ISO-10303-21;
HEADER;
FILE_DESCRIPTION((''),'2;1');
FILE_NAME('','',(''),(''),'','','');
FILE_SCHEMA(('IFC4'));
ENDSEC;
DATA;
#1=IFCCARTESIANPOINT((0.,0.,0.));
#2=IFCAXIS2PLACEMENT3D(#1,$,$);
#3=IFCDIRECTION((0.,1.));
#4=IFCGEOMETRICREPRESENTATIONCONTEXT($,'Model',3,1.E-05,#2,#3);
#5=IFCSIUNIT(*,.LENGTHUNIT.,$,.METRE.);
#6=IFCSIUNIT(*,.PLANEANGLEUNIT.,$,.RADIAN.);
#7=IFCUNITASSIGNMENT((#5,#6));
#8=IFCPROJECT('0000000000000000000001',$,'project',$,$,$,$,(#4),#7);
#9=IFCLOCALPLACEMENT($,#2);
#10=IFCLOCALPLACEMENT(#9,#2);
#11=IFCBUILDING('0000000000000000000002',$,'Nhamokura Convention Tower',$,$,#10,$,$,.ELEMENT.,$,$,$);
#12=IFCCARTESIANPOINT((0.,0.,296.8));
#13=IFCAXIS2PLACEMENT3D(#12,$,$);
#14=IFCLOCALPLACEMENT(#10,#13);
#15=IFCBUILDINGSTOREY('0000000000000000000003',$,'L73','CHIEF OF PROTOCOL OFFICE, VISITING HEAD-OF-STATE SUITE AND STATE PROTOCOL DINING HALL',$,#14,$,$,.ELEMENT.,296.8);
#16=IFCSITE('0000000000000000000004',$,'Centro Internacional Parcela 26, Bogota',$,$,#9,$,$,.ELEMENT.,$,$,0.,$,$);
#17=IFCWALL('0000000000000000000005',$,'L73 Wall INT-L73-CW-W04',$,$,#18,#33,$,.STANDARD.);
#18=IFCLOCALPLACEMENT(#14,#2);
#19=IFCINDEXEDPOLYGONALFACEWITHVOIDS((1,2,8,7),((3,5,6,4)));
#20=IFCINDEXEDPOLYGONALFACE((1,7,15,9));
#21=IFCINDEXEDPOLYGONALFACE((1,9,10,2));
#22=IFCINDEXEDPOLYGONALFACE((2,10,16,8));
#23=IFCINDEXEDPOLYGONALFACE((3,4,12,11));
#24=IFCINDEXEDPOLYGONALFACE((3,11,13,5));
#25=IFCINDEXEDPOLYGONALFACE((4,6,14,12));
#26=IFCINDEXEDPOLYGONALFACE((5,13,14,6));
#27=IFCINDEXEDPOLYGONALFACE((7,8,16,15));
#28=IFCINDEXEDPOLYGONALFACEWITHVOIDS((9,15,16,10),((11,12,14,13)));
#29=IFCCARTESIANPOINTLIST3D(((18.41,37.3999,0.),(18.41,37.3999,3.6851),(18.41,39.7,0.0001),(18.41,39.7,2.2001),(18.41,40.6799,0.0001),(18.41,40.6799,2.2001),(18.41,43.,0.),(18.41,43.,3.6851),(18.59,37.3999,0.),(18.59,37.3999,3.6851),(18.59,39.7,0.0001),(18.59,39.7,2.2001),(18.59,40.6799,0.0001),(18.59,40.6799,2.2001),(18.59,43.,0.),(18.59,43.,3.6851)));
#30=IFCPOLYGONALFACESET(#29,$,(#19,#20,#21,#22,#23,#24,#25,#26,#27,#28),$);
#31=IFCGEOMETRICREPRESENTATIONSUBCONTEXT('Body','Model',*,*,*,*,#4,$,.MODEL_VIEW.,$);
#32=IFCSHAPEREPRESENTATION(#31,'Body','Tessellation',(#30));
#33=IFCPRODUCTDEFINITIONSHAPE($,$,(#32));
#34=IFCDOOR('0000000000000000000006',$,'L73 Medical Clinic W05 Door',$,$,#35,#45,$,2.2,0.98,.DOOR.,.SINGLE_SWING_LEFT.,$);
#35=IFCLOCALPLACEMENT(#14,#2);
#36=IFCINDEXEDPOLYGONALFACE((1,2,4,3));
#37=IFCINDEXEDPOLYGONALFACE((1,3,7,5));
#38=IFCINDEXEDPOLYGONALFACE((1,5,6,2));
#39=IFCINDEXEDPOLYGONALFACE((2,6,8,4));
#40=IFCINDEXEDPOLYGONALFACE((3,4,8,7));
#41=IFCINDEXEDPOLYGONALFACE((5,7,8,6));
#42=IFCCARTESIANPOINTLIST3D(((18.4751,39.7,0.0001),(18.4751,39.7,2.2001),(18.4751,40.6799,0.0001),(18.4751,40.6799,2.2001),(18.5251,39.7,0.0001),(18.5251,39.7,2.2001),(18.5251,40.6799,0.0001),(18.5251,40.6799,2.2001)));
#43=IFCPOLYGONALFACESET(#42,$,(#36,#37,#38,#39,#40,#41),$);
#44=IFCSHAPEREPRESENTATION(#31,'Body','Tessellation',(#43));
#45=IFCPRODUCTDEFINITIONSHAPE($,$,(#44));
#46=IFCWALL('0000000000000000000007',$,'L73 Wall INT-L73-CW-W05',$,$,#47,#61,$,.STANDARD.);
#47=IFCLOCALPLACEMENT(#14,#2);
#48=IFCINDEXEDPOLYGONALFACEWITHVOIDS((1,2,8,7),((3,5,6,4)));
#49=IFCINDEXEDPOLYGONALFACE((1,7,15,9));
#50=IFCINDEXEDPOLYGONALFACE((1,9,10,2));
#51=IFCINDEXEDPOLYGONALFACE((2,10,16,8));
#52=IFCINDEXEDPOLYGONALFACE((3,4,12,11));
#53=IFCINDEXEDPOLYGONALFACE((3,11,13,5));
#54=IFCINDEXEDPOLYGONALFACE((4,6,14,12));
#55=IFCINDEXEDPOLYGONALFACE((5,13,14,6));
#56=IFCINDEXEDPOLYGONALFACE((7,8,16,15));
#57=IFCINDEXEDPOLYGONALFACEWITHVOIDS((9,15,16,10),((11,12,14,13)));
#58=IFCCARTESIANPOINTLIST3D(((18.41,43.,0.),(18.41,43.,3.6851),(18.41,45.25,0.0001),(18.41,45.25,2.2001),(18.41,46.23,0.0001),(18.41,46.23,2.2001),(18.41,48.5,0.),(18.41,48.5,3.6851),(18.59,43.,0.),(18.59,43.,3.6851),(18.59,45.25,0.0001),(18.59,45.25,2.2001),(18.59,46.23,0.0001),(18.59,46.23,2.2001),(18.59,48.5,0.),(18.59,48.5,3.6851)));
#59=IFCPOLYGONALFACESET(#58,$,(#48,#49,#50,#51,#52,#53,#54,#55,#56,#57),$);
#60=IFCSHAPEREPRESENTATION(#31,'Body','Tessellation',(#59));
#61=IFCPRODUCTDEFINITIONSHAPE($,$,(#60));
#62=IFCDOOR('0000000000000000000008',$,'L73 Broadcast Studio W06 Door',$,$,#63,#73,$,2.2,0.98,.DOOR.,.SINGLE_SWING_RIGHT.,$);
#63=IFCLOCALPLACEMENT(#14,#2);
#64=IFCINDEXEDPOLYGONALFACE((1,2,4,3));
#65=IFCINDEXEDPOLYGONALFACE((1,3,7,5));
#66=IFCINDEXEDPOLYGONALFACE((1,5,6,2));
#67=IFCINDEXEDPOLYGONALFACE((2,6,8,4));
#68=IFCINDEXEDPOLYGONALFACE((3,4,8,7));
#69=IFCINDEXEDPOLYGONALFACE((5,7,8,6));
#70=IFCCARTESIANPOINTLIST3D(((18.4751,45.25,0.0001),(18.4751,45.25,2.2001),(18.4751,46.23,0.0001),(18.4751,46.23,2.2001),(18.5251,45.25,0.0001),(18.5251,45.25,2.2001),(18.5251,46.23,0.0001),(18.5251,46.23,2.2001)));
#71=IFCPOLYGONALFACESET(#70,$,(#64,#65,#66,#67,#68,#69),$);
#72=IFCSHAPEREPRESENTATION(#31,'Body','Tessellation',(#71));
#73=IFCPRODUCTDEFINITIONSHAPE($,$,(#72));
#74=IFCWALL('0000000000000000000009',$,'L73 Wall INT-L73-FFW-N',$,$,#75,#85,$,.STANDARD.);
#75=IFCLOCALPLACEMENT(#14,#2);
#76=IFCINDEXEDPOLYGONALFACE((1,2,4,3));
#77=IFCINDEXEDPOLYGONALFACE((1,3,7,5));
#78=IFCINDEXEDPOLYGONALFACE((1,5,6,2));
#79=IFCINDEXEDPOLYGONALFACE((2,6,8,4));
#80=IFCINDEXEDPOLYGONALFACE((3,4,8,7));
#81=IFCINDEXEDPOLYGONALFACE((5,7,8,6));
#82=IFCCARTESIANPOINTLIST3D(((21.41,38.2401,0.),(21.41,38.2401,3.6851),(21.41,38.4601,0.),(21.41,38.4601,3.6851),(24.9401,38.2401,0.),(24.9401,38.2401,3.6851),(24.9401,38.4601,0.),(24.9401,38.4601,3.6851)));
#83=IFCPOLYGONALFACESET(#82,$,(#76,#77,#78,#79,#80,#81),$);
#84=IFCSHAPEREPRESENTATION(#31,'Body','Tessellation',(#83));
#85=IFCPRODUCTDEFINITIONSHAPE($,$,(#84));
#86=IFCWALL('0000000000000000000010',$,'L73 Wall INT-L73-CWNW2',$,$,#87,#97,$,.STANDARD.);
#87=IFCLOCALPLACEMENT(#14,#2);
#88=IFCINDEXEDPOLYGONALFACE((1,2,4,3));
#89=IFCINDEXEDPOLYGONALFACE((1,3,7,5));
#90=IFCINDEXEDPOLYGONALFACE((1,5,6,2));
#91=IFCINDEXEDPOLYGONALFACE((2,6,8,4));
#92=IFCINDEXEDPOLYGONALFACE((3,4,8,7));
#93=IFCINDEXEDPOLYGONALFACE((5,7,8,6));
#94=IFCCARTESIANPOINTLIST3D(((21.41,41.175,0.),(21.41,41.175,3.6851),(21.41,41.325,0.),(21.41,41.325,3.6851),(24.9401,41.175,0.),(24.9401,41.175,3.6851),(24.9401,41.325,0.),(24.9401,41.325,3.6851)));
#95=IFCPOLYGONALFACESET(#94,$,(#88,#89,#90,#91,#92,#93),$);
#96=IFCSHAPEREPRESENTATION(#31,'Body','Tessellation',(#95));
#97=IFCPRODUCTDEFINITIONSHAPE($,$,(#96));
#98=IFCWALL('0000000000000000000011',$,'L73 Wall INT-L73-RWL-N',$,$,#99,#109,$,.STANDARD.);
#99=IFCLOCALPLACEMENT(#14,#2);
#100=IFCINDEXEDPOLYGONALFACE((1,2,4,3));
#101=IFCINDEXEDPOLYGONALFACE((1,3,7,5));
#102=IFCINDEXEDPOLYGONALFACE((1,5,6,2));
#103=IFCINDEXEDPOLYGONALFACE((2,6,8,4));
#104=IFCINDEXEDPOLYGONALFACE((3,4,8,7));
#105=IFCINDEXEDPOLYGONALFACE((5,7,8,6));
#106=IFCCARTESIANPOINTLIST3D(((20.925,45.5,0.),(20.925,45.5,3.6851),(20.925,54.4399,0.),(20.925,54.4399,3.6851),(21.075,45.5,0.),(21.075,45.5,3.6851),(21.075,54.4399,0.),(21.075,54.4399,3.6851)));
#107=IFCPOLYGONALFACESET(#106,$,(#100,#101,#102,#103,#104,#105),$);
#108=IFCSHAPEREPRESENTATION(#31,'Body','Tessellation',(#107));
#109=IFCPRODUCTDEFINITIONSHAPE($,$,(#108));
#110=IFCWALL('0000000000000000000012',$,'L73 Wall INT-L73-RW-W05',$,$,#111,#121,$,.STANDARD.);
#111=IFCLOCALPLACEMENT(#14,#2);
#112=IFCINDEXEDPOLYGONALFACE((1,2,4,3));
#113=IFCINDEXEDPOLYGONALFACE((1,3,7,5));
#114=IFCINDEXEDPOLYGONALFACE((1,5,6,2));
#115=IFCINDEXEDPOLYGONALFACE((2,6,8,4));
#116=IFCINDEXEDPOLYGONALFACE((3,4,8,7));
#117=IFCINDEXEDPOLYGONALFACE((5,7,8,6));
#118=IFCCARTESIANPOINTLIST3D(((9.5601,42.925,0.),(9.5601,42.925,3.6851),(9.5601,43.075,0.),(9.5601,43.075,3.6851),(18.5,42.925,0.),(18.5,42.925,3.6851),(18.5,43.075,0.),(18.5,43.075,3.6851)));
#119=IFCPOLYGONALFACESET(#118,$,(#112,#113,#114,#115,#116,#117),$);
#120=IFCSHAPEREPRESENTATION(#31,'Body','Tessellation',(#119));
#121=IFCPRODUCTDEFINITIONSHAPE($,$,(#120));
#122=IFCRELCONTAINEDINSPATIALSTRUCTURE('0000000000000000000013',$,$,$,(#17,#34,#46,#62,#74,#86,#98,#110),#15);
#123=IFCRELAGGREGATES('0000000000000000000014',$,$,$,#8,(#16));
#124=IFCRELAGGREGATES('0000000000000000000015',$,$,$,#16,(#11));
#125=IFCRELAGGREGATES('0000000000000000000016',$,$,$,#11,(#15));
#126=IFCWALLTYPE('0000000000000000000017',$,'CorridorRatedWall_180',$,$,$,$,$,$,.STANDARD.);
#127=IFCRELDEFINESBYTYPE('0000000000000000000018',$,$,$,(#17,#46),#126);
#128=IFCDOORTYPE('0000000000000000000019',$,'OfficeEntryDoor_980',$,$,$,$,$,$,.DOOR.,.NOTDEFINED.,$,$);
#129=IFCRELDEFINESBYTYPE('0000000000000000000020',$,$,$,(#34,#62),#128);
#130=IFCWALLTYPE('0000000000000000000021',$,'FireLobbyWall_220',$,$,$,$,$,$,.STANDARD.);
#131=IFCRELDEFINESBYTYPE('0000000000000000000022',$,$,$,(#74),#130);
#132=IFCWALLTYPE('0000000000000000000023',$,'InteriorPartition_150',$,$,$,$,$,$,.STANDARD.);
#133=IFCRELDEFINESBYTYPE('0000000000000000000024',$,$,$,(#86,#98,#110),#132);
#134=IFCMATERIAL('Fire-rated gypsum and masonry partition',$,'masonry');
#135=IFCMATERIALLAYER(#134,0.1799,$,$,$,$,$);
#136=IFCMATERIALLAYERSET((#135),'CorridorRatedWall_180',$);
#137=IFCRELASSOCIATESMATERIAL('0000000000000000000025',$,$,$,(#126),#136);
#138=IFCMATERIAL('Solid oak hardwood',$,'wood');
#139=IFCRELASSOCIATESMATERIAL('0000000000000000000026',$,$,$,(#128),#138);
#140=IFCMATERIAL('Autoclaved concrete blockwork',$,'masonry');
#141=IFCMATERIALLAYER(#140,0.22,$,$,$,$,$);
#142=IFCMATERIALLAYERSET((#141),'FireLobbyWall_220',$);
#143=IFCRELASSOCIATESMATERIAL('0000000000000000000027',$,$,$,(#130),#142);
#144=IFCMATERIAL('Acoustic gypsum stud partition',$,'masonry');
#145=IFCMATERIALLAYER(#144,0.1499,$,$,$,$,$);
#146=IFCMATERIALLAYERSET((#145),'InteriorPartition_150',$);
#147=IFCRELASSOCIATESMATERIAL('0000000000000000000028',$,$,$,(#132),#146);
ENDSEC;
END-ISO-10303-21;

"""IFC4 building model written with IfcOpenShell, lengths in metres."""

from ifc_helpers import new_model, si_unit, direction, frame, frame_2d, origin, place, context, subcontext, project, spatial, rectangle, extrude, material, layer, layer_set, type_object, element, fill, save


model = new_model("IFC4")

# Units and contexts
model_context = context("Model", 3, precision=1e-05, world=origin(), true_north=direction((0.0, 1.0)))
body_context = subcontext(model_context, "Body", "Model", "MODEL_VIEW")
ifc_project = project(units=[si_unit("LENGTHUNIT", "METRE"), si_unit("PLANEANGLEUNIT", "RADIAN")], contexts=[model_context])

# Site, building, storey
site_placement = place(None, origin())
site = spatial("IfcSite", under=ifc_project, at=site_placement, Name="Centro Internacional Parcela 26, Bogota", CompositionType="ELEMENT", RefElevation=0.0)
building_placement = place(site_placement, origin())
building = spatial("IfcBuilding", under=site, at=building_placement, Name="Nhamokura Convention Tower", CompositionType="ELEMENT")
storey_placement = place(building_placement, frame((0.0, 0.0, 296.8)))
storey = spatial("IfcBuildingStorey", under=building, at=storey_placement, Name="L73", Description="CHIEF OF PROTOCOL OFFICE, VISITING HEAD-OF-STATE SUITE AND STATE PROTOCOL DINING HALL", CompositionType="ELEMENT", Elevation=296.8)

# Walls, openings, doors
ifc_material_1 = material(Name="Fire-rated gypsum and masonry partition", Category="masonry")
ifc_layer_1 = layer(ifc_material_1, 0.1799)
ifc_layer_set_1 = layer_set([ifc_layer_1], Name="CorridorRatedWall_180")
wall_type_1 = type_object("IfcWallType", Name="CorridorRatedWall_180", PredefinedType="STANDARD", material=ifc_layer_set_1)
wall_1_placement = place(storey_placement, frame((18.5, 37.3999, 0.0), z_axis=(0.0, 0.0, 1.0), x_axis=(0.0, 1.0, 0.0)))
wall_1 = element("IfcWall", 1, at=wall_1_placement, inside=storey, type_object=wall_type_1, Name="L73 Wall INT-L73-CW-W04", PredefinedType="STANDARD", context=body_context, shape_type="SweptSolid", body=[
    extrude(rectangle(XDim=5.6001, YDim=0.1799, at=frame_2d((2.8, 0.0))), origin(), (0.0, 0.0, 1.0), 3.6851),
])
opening_1_placement = place(wall_1_placement, frame((2.3, 0.0, 0.0)))
opening_1 = element("IfcOpeningElement", 2, at=opening_1_placement, cuts=wall_1, PredefinedType="OPENING", context=body_context, shape_type="SweptSolid", body=[
    extrude(rectangle(XDim=0.98, YDim=2.2, at=frame_2d((0.49, 1.1001))), frame((0.0, 0.0999, 0.0), z_axis=(0.0, -1.0, 0.0), x_axis=(1.0, 0.0, 0.0)), (0.0, 0.0, 1.0), 0.2),
])
ifc_material_2 = material(Name="Solid oak hardwood", Category="wood")
door_type = type_object("IfcDoorType", Name="OfficeEntryDoor_980", OperationType="NOTDEFINED", PredefinedType="DOOR", material=ifc_material_2)
door_1_placement = place(opening_1_placement, origin())
door_1 = element("IfcDoor", 3, at=door_1_placement, inside=storey, type_object=door_type, Name="L73 Medical Clinic W05 Door", OperationType="SINGLE_SWING_LEFT", OverallHeight=2.2, OverallWidth=0.98, PredefinedType="DOOR", context=body_context, shape_type="SweptSolid", body=[
    extrude(rectangle(XDim=0.98, YDim=2.2, at=frame_2d((0.49, 1.1001))), frame((0.0, 0.0249, 0.0), z_axis=(0.0, -1.0, 0.0), x_axis=(1.0, 0.0, 0.0)), (0.0, 0.0, 1.0), 0.05),
])
fill(opening_1, door_1)
wall_2_placement = place(storey_placement, frame((18.5, 43.0, 0.0), z_axis=(0.0, 0.0, 1.0), x_axis=(0.0, 1.0, 0.0)))
wall_2 = element("IfcWall", 4, at=wall_2_placement, inside=storey, type_object=wall_type_1, Name="L73 Wall INT-L73-CW-W05", PredefinedType="STANDARD", context=body_context, shape_type="SweptSolid", body=[
    extrude(rectangle(XDim=5.5, YDim=0.1799, at=frame_2d((2.75, 0.0))), origin(), (0.0, 0.0, 1.0), 3.6851),
])
opening_2_placement = place(wall_2_placement, frame((2.25, 0.0, 0.0)))
opening_2 = element("IfcOpeningElement", 5, at=opening_2_placement, cuts=wall_2, PredefinedType="OPENING", context=body_context, shape_type="SweptSolid", body=[
    extrude(rectangle(XDim=0.98, YDim=2.2, at=frame_2d((0.49, 1.1001))), frame((0.0, 0.0999, 0.0), z_axis=(0.0, -1.0, 0.0), x_axis=(1.0, 0.0, 0.0)), (0.0, 0.0, 1.0), 0.2),
])
door_2_placement = place(opening_2_placement, origin())
door_2 = element("IfcDoor", 6, at=door_2_placement, inside=storey, type_object=door_type, Name="L73 Broadcast Studio W06 Door", OperationType="SINGLE_SWING_RIGHT", OverallHeight=2.2, OverallWidth=0.98, PredefinedType="DOOR", context=body_context, shape_type="SweptSolid", body=[
    extrude(rectangle(XDim=0.98, YDim=2.2, at=frame_2d((0.49, 1.1001))), frame((0.0, 0.0249, 0.0), z_axis=(0.0, -1.0, 0.0), x_axis=(1.0, 0.0, 0.0)), (0.0, 0.0, 1.0), 0.05),
])
fill(opening_2, door_2)

# Walls
ifc_material_3 = material(Name="Autoclaved concrete blockwork", Category="masonry")
ifc_layer_2 = layer(ifc_material_3, 0.22)
ifc_layer_set_2 = layer_set([ifc_layer_2], Name="FireLobbyWall_220")
wall_type_2 = type_object("IfcWallType", Name="FireLobbyWall_220", PredefinedType="STANDARD", material=ifc_layer_set_2)
wall_3_placement = place(storey_placement, frame((21.4099, 38.3501, 0.0), z_axis=(0.0, 0.0, 1.0), x_axis=(1.0, 0.0, 0.0)))
element("IfcWall", 7, at=wall_3_placement, inside=storey, type_object=wall_type_2, Name="L73 Wall INT-L73-FFW-N", PredefinedType="STANDARD", context=body_context, shape_type="SweptSolid", body=[
    extrude(rectangle(XDim=3.53, YDim=0.22, at=frame_2d((1.7651, 0.0))), origin(), (0.0, 0.0, 1.0), 3.6851),
])
ifc_material_4 = material(Name="Acoustic gypsum stud partition", Category="masonry")
ifc_layer_3 = layer(ifc_material_4, 0.1499)
ifc_layer_set_3 = layer_set([ifc_layer_3], Name="InteriorPartition_150")
wall_type_3 = type_object("IfcWallType", Name="InteriorPartition_150", PredefinedType="STANDARD", material=ifc_layer_set_3)
wall_4_placement = place(storey_placement, frame((21.4099, 41.25, 0.0), z_axis=(0.0, 0.0, 1.0), x_axis=(1.0, 0.0, 0.0)))
element("IfcWall", 8, at=wall_4_placement, inside=storey, type_object=wall_type_3, Name="L73 Wall INT-L73-CWNW2", PredefinedType="STANDARD", context=body_context, shape_type="SweptSolid", body=[
    extrude(rectangle(XDim=3.53, YDim=0.1499, at=frame_2d((1.7651, 0.0))), origin(), (0.0, 0.0, 1.0), 3.6851),
])
for number, where, z_axis, x_axis, name in (
    (9, (21.0, 45.5, 0.0), (0.0, 0.0, 1.0), (0.0, 1.0, 0.0), "L73 Wall INT-L73-RWL-N"),
    (10, (9.5601, 43.0, 0.0), (0.0, 0.0, 1.0), (1.0, 0.0, 0.0), "L73 Wall INT-L73-RW-W05"),
):
    element("IfcWall", number, at=place(storey_placement, frame(where, z_axis=z_axis, x_axis=x_axis)), inside=storey, type_object=wall_type_3, Name=name, PredefinedType="STANDARD", context=body_context, shape_type="SweptSolid", body=[
        extrude(rectangle(XDim=8.9399, YDim=0.1499, at=frame_2d((4.47, 0.0))), origin(), (0.0, 0.0, 1.0), 3.6851),
    ])

save(model, "model.ifc")
